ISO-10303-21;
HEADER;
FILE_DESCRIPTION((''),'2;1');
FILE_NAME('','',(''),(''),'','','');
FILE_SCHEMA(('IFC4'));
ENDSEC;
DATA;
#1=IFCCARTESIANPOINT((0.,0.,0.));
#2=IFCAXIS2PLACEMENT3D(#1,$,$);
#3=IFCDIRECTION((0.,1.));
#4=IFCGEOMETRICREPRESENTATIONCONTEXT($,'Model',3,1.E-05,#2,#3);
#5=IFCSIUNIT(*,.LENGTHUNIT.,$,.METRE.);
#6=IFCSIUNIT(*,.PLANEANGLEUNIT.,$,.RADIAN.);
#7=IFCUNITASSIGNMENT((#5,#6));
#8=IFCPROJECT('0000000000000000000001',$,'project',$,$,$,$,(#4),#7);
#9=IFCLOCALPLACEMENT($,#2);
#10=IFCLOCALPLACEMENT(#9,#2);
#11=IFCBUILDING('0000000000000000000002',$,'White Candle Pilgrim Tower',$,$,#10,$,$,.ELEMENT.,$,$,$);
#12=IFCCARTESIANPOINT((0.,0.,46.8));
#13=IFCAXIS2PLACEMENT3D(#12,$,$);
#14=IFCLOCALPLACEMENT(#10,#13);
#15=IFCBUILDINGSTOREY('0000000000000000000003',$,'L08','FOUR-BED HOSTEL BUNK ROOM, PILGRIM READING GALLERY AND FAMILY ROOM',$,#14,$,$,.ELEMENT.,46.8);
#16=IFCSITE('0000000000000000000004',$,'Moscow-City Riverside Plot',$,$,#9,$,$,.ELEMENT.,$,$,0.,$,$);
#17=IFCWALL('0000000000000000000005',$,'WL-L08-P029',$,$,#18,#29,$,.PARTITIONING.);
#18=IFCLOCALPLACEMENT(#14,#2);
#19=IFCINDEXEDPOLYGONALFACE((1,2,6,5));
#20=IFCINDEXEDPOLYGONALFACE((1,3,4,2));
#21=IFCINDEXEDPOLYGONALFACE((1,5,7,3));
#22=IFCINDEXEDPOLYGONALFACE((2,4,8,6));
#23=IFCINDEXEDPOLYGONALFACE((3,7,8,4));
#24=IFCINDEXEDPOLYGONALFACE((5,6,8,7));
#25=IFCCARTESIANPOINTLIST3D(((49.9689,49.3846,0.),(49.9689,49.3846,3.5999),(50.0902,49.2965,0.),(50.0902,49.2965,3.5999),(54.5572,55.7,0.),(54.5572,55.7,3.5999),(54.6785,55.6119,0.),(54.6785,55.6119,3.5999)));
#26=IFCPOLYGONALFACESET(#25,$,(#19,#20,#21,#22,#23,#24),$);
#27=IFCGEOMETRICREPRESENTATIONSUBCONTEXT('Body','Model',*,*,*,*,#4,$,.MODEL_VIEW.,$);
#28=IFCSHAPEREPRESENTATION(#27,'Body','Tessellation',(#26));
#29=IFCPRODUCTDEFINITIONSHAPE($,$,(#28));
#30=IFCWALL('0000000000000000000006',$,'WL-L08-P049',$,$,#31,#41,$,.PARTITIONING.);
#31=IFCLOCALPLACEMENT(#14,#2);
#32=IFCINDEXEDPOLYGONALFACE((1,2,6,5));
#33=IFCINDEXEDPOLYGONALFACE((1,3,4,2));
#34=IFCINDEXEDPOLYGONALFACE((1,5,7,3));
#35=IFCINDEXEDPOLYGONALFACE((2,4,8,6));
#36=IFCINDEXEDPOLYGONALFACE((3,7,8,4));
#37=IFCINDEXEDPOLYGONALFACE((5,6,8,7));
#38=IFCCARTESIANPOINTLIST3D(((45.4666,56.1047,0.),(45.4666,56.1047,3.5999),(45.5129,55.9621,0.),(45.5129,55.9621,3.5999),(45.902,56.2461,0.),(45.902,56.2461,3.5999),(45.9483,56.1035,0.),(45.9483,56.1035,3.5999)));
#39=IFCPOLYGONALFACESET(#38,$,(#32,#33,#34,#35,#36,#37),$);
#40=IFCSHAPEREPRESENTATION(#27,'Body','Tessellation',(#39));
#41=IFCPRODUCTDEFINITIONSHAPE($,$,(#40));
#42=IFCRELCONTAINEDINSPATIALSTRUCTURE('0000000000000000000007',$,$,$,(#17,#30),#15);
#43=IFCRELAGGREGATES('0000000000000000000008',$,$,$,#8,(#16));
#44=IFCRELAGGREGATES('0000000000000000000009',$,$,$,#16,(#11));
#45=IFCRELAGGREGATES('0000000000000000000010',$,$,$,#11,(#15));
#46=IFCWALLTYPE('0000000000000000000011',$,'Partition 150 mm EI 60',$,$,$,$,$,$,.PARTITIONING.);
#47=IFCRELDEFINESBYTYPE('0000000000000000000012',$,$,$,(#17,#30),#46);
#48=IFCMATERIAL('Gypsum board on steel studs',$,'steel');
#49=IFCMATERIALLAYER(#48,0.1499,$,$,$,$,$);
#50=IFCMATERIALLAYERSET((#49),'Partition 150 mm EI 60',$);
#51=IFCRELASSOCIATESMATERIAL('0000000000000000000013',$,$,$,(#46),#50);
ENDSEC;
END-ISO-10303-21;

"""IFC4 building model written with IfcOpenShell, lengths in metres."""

from ifc_helpers import new_model, si_unit, direction, frame, frame_2d, origin, place, context, subcontext, project, spatial, rectangle, extrude, material, layer, layer_set, type_object, element, save


model = new_model("IFC4")

# Units and contexts
model_context = context("Model", 3, precision=1e-05, world=origin(), true_north=direction((0.0, 1.0)))
body_context = subcontext(model_context, "Body", "Model", "MODEL_VIEW")
ifc_project = project(units=[si_unit("LENGTHUNIT", "METRE"), si_unit("PLANEANGLEUNIT", "RADIAN")], contexts=[model_context])

# Site, building, storey
site_placement = place(None, origin())
site = spatial("IfcSite", under=ifc_project, at=site_placement, Name="Moscow-City Riverside Plot", CompositionType="ELEMENT", RefElevation=0.0)
building_placement = place(site_placement, origin())
building = spatial("IfcBuilding", under=site, at=building_placement, Name="White Candle Pilgrim Tower", CompositionType="ELEMENT")
storey_placement = place(building_placement, frame((0.0, 0.0, 46.8)))
storey = spatial("IfcBuildingStorey", under=building, at=storey_placement, Name="L08", Description="FOUR-BED HOSTEL BUNK ROOM, PILGRIM READING GALLERY AND FAMILY ROOM", CompositionType="ELEMENT", Elevation=46.8)

# Shared definitions
ifc_material_1 = material(Name="Gypsum board on steel studs", Category="steel")

# Walls
ifc_layer_1 = layer(ifc_material_1, 0.1499)
ifc_layer_set_1 = layer_set([ifc_layer_1], Name="Partition 150 mm EI 60")
wall_type_1 = type_object("IfcWallType", Name="Partition 150 mm EI 60", PredefinedType="PARTITIONING", material=ifc_layer_set_1)
wall_1_placement = place(storey_placement, frame((50.0295, 49.3406, 0.0), z_axis=(0.0, 0.0, 1.0), x_axis=(0.587781, 0.80902, 0.0)))
element("IfcWall", 1, at=wall_1_placement, inside=storey, type_object=wall_type_1, Name="WL-L08-P029", PredefinedType="PARTITIONING", context=body_context, shape_type="SweptSolid", body=[
    extrude(rectangle(XDim=7.8062, YDim=0.1499, at=frame_2d((3.9031, 0.0))), origin(), (0.0, 0.0, 1.0), 3.5999),
])
wall_2_placement = place(storey_placement, frame((45.9253, 56.1748, 0.0), z_axis=(0.0, 0.0, 1.0), x_axis=(-0.951109, -0.308857, 0.0)))
element("IfcWall", 2, at=wall_2_placement, inside=storey, type_object=wall_type_1, Name="WL-L08-P049", PredefinedType="PARTITIONING", context=body_context, shape_type="SweptSolid", body=[
    extrude(rectangle(XDim=0.4578, YDim=0.1499, at=frame_2d((0.229, 0.0))), origin(), (0.0, 0.0, 1.0), 3.5999),
])

save(model, "model.ifc")
